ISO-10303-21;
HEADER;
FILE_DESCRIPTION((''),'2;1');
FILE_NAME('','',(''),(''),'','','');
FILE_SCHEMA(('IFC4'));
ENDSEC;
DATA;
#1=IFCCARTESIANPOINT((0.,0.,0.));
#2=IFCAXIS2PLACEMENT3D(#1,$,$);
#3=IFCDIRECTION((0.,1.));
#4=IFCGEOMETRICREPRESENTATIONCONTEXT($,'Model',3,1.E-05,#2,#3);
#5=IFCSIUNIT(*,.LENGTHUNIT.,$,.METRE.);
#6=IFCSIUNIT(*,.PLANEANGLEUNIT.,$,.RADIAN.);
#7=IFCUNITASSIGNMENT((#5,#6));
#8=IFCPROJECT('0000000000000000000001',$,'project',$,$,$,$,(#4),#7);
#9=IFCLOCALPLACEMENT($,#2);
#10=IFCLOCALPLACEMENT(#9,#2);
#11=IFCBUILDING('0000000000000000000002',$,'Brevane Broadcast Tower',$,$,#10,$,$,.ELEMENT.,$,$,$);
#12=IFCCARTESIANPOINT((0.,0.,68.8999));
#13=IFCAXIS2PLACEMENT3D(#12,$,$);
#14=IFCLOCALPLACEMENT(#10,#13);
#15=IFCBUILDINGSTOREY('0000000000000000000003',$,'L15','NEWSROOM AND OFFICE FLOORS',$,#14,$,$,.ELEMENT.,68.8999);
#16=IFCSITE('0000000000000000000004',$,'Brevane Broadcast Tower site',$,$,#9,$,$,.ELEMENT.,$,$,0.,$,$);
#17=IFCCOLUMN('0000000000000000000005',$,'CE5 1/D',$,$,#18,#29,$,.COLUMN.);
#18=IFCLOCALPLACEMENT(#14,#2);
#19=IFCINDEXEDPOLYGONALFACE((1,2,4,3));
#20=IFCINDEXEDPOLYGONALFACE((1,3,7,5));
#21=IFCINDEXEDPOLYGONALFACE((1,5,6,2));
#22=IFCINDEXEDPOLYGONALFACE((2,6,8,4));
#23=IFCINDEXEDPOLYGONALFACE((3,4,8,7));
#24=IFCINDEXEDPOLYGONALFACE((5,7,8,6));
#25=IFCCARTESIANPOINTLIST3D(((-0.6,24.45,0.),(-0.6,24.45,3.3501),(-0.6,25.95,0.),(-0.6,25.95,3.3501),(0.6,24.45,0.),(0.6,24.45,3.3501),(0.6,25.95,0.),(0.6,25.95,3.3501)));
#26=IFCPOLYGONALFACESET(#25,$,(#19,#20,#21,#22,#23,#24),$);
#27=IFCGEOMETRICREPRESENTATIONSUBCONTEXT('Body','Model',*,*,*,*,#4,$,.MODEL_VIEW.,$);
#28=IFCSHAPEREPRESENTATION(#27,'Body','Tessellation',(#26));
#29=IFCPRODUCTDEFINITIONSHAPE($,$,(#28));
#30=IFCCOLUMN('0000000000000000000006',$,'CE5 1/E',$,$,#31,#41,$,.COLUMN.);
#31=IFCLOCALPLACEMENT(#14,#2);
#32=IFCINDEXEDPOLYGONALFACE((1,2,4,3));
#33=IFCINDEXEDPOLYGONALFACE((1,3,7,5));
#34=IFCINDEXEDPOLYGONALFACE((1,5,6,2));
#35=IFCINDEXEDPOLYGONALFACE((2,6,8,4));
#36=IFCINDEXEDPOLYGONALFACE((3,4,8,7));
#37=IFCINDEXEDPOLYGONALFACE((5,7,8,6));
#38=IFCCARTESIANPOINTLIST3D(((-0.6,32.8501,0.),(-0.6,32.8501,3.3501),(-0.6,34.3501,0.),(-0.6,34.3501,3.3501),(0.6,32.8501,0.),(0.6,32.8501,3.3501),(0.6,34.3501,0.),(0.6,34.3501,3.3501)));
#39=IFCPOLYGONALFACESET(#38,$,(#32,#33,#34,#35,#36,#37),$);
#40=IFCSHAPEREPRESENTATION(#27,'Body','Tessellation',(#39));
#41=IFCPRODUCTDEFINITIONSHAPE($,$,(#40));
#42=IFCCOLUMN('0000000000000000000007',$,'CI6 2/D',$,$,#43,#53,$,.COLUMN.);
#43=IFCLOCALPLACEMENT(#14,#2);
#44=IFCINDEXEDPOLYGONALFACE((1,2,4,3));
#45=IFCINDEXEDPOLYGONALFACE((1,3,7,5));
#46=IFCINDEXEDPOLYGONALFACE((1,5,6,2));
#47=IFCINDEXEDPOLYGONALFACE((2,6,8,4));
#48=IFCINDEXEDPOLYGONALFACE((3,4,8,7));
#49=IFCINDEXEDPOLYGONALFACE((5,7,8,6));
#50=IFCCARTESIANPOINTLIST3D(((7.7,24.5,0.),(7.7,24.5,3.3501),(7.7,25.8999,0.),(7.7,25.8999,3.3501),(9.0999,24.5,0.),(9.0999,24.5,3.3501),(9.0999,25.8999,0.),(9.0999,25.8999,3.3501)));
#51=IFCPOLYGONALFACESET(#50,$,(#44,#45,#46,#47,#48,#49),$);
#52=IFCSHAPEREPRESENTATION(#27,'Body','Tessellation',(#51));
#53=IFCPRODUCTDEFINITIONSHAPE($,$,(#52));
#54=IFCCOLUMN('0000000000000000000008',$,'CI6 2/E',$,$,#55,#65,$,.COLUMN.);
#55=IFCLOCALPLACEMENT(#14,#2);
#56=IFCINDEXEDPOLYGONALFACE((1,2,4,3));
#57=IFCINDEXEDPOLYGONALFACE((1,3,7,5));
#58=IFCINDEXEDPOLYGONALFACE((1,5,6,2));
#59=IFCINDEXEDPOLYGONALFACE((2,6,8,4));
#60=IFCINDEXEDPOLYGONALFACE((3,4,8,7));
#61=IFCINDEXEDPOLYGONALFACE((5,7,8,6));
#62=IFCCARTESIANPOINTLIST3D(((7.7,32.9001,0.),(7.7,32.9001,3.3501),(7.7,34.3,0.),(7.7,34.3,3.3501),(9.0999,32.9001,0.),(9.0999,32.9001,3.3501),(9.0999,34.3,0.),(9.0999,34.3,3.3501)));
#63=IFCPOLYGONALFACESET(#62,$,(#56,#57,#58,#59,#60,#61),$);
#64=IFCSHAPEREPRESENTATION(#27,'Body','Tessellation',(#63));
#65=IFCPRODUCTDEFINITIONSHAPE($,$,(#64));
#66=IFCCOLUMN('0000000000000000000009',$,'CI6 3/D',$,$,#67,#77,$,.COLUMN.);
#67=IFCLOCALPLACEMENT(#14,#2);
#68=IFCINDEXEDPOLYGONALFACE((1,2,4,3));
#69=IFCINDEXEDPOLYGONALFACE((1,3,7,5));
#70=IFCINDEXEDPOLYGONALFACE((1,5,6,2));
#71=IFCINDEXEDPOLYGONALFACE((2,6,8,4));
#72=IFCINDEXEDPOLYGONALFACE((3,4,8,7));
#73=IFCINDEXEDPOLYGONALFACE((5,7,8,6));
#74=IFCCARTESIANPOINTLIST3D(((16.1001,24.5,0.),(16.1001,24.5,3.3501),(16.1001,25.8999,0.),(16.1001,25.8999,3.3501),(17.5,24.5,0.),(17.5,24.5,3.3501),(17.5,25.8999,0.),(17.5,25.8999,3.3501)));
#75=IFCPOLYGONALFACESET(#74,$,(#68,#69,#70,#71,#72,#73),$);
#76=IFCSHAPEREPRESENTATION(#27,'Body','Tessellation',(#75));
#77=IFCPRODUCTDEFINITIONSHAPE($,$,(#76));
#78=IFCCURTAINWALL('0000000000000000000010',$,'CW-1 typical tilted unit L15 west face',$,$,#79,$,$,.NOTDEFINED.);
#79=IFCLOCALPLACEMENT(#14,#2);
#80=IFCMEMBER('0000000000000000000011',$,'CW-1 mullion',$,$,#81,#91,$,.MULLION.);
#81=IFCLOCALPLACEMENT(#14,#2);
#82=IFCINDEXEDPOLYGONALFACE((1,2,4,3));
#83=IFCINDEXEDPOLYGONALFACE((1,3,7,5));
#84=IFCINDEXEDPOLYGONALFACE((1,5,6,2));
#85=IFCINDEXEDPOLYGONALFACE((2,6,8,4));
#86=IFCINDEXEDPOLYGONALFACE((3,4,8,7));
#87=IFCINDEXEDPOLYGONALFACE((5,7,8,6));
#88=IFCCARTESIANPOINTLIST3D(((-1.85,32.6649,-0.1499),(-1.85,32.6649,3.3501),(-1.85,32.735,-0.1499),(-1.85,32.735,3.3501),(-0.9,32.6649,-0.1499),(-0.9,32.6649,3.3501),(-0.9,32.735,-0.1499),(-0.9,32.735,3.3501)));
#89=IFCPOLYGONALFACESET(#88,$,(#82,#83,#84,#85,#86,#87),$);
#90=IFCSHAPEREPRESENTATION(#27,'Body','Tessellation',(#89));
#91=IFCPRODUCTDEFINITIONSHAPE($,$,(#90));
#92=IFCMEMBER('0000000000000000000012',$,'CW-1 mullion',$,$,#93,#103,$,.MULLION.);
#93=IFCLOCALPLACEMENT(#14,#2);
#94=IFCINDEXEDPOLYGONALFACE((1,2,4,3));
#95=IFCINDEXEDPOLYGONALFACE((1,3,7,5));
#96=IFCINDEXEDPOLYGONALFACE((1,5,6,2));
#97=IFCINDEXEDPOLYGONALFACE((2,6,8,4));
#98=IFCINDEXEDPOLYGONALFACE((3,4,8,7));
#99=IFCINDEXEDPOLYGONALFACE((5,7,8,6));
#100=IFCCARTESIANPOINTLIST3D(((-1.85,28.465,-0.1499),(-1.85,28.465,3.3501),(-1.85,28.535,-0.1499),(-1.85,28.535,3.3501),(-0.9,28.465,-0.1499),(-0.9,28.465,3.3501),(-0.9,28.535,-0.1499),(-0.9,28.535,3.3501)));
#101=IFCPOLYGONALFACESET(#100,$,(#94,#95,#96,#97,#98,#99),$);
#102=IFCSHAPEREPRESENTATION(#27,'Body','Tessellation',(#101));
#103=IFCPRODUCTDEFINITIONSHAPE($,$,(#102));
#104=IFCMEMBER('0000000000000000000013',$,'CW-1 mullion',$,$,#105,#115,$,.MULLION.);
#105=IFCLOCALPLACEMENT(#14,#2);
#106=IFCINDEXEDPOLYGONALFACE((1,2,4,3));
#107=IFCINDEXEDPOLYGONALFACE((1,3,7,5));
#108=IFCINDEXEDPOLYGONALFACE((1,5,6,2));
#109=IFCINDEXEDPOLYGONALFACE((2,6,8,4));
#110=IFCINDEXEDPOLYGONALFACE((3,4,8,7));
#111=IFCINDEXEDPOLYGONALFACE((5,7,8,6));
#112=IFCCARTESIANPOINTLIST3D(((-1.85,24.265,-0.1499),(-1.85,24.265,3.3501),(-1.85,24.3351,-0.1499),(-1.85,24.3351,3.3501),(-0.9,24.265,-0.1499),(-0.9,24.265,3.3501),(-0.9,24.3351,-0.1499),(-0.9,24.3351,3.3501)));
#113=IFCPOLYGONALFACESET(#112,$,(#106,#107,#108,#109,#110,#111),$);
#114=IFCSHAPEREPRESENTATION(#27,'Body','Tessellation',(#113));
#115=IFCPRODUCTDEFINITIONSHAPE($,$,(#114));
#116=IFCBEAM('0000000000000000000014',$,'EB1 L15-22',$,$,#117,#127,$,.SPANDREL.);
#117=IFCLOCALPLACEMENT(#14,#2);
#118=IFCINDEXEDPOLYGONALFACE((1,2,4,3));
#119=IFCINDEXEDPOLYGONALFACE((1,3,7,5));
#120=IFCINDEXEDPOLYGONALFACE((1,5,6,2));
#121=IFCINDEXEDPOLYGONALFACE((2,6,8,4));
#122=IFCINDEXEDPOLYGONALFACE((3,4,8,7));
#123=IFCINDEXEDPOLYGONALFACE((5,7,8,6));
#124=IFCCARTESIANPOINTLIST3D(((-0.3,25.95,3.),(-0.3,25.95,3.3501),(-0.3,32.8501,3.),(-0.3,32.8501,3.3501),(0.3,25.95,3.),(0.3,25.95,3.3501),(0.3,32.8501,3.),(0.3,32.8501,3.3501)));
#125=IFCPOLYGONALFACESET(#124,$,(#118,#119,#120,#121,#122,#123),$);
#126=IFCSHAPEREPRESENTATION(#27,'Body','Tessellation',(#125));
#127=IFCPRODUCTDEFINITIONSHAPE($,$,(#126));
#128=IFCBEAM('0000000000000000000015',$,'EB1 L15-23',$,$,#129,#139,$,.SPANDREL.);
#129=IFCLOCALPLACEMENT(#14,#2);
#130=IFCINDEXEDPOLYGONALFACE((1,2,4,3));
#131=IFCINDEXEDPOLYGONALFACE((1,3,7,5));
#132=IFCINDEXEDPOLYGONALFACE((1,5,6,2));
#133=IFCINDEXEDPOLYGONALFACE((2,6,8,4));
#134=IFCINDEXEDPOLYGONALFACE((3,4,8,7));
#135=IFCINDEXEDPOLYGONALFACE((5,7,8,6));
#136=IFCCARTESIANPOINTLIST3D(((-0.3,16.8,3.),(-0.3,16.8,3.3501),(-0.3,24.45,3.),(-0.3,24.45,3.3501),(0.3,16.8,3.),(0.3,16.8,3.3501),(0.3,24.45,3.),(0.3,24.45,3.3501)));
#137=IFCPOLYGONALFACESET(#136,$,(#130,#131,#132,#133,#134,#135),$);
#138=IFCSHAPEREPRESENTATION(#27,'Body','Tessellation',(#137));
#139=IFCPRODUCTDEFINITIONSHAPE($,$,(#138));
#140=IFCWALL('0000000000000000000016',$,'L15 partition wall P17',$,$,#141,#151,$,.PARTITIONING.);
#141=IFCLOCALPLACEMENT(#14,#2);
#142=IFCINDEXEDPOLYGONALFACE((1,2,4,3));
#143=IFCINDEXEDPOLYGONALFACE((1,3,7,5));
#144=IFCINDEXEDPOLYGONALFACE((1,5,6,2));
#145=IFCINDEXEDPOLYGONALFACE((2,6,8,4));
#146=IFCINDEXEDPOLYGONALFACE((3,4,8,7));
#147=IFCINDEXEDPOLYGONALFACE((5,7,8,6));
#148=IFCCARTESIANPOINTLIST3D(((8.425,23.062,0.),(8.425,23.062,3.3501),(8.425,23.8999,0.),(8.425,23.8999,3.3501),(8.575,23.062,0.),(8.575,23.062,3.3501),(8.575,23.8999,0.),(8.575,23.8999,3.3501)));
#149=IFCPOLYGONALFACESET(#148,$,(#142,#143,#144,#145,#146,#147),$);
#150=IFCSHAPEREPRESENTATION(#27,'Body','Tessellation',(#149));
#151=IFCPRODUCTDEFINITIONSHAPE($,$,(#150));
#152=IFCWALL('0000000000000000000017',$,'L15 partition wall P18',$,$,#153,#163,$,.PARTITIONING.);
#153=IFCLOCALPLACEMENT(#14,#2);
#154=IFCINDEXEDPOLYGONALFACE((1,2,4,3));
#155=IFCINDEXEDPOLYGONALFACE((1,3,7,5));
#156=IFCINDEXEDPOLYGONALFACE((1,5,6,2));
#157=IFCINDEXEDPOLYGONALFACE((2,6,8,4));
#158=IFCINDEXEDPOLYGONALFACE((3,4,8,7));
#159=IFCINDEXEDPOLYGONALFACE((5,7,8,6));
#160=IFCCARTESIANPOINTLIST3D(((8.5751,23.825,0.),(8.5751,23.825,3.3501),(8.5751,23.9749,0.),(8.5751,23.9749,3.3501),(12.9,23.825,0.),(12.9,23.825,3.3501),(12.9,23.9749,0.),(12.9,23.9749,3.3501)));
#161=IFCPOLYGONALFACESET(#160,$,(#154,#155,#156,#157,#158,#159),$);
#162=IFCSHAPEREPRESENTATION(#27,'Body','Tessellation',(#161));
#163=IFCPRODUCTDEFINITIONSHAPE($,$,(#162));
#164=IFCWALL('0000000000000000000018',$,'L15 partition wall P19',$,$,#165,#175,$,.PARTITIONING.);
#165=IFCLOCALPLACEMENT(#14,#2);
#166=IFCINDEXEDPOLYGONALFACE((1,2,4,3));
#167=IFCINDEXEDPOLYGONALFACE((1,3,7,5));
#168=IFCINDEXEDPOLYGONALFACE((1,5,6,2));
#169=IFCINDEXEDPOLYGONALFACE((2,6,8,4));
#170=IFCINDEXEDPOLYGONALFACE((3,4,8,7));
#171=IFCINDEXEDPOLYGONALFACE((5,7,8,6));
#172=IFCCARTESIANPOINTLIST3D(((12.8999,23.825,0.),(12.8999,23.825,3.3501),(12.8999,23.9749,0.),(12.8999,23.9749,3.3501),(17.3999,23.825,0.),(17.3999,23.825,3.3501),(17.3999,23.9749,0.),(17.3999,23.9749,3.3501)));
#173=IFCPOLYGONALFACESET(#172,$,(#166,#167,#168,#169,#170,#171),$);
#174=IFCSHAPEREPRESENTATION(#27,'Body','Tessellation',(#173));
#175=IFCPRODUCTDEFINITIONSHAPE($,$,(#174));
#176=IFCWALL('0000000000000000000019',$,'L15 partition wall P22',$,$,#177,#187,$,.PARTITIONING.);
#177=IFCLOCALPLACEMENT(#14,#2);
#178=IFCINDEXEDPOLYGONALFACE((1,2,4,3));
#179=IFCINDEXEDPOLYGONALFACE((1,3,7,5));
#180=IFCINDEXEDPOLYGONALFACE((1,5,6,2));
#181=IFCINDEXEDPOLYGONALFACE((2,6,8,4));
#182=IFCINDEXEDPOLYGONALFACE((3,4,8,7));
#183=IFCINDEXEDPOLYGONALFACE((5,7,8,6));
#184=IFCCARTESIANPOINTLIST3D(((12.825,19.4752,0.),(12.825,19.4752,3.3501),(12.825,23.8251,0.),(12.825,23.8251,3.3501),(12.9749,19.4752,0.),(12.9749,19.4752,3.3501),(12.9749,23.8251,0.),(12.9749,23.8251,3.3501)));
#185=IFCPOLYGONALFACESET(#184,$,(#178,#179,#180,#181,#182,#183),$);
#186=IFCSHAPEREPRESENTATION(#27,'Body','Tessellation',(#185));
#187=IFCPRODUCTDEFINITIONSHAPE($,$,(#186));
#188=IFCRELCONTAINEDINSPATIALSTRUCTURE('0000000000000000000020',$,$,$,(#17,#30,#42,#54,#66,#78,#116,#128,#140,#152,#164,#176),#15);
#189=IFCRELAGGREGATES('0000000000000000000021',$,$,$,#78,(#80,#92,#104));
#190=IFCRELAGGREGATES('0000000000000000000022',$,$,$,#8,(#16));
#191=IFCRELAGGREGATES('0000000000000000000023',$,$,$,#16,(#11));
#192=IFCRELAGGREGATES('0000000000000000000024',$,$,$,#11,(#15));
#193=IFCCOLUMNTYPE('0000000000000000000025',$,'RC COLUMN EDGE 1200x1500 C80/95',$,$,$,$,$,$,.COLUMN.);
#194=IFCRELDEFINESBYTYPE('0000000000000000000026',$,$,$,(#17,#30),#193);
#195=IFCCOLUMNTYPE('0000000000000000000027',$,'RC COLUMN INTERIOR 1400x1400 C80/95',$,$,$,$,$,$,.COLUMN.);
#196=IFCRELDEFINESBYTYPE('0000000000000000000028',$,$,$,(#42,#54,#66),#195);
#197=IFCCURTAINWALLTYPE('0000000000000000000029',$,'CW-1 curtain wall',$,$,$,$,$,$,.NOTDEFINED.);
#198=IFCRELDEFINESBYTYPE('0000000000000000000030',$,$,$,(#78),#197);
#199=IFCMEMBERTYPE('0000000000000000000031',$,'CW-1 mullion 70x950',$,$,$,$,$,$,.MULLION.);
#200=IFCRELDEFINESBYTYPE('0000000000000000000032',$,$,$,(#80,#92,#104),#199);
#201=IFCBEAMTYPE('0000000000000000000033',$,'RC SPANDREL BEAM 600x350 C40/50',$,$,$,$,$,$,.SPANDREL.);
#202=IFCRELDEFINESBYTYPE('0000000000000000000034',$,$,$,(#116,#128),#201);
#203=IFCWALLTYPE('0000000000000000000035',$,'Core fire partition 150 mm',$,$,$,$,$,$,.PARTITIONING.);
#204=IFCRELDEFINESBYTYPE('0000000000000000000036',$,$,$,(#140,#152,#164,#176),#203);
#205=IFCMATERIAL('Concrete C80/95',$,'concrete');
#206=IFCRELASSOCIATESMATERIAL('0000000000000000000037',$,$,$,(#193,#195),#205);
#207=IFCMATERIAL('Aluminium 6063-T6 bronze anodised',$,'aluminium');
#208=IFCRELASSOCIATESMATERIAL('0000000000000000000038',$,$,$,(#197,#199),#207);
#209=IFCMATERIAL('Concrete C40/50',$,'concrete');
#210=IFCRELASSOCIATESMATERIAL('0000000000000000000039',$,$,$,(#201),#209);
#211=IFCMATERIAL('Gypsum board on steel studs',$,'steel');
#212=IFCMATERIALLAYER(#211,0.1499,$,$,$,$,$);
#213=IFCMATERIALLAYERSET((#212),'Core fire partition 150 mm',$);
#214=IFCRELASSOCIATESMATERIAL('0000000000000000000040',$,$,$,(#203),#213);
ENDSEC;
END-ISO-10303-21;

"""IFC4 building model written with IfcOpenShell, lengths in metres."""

from ifc_helpers import new_model, si_unit, direction, frame, frame_2d, origin, origin_2d, place, context, subcontext, project, spatial, rectangle, extrude, material, layer, layer_set, material_profile, profile_set, type_object, element, aggregate, save


model = new_model("IFC4")

# Units and contexts
model_context = context("Model", 3, precision=1e-05, world=origin(), true_north=direction((0.0, 1.0)))
body_context = subcontext(model_context, "Body", "Model", "MODEL_VIEW")
ifc_project = project(units=[si_unit("LENGTHUNIT", "METRE"), si_unit("PLANEANGLEUNIT", "RADIAN")], contexts=[model_context])

# Site, building, storey
site_placement = place(None, origin())
site = spatial("IfcSite", under=ifc_project, at=site_placement, Name="Brevane Broadcast Tower site", CompositionType="ELEMENT", RefElevation=0.0)
building_placement = place(site_placement, origin())
building = spatial("IfcBuilding", under=site, at=building_placement, Name="Brevane Broadcast Tower", CompositionType="ELEMENT")
storey_placement = place(building_placement, frame((0.0, 0.0, 68.8999)))
storey = spatial("IfcBuildingStorey", under=building, at=storey_placement, Name="L15", Description="NEWSROOM AND OFFICE FLOORS", CompositionType="ELEMENT", Elevation=68.8999)

# Columns
ifc_material_1 = material(Name="Concrete C80/95", Category="concrete")
ifc_material_profile_1 = material_profile(ifc_material_1, rectangle(XDim=1.2, YDim=1.5, at=origin_2d()), Name="RC 1200x1500")
ifc_profile_set_1 = profile_set([ifc_material_profile_1], Name="Concrete C80/95")
column_type_1 = type_object("IfcColumnType", Name="RC COLUMN EDGE 1200x1500 C80/95", PredefinedType="COLUMN", material=ifc_profile_set_1)
for number, where, z_axis, x_axis, name in (
    (1, (0.0, 25.2, 0.0), (0.0, 0.0, 1.0), (1.0, 0.0, 0.0), "CE5 1/D"),
    (2, (0.0, 33.6001, 0.0), (0.0, 0.0, 1.0), (1.0, 0.0, 0.0), "CE5 1/E"),
):
    element("IfcColumn", number, at=place(storey_placement, frame(where, z_axis=z_axis, x_axis=x_axis)), inside=storey, type_object=column_type_1, Name=name, PredefinedType="COLUMN", context=body_context, shape_type="SweptSolid", body=[
        extrude(rectangle(XDim=1.2, YDim=1.5, at=origin_2d()), origin(), (0.0, 0.0, 1.0), 3.3501),
    ])
ifc_material_profile_2 = material_profile(ifc_material_1, rectangle(XDim=1.3999, YDim=1.3999, at=origin_2d()), Name="RC 1400x1400")
ifc_profile_set_2 = profile_set([ifc_material_profile_2], Name="Concrete C80/95")
column_type_2 = type_object("IfcColumnType", Name="RC COLUMN INTERIOR 1400x1400 C80/95", PredefinedType="COLUMN", material=ifc_profile_set_2)
for number, where, z_axis, x_axis, name in (
    (3, (8.3999, 25.2, 0.0), (0.0, 0.0, 1.0), (1.0, 0.0, 0.0), "CI6 2/D"),
    (4, (8.3999, 33.6001, 0.0), (0.0, 0.0, 1.0), (1.0, 0.0, 0.0), "CI6 2/E"),
    (5, (16.8, 25.2, 0.0), (0.0, 0.0, 1.0), (1.0, 0.0, 0.0), "CI6 3/D"),
):
    element("IfcColumn", number, at=place(storey_placement, frame(where, z_axis=z_axis, x_axis=x_axis)), inside=storey, type_object=column_type_2, Name=name, PredefinedType="COLUMN", context=body_context, shape_type="SweptSolid", body=[
        extrude(rectangle(XDim=1.3999, YDim=1.3999, at=origin_2d()), origin(), (0.0, 0.0, 1.0), 3.3501),
    ])

# Curtain wall, members
ifc_material_2 = material(Name="Aluminium 6063-T6 bronze anodised", Category="aluminium")
curtain_wall_type = type_object("IfcCurtainWallType", Name="CW-1 curtain wall", PredefinedType="NOTDEFINED", material=ifc_material_2)
curtain_wall_placement = place(storey_placement, origin())
curtain_wall = element("IfcCurtainWall", 6, at=curtain_wall_placement, inside=storey, type_object=curtain_wall_type, Name="CW-1 typical tilted unit L15 west face", PredefinedType="NOTDEFINED")
ifc_material_profile_3 = material_profile(ifc_material_2, rectangle(XDim=0.95, YDim=0.0701, at=origin_2d()), Name="RECT 70x950")
ifc_profile_set_3 = profile_set([ifc_material_profile_3], Name="Aluminium 6063-T6 bronze anodised")
member_type = type_object("IfcMemberType", Name="CW-1 mullion 70x950", PredefinedType="MULLION", material=ifc_profile_set_3)
member_1_placement = place(storey_placement, frame((-1.375, 32.7, -0.1499), z_axis=(0.0, 0.0, 1.0), x_axis=(1.0, 0.0, 0.0)))
member_1 = element("IfcMember", 7, at=member_1_placement, type_object=member_type, Name="CW-1 mullion", PredefinedType="MULLION", context=body_context, shape_type="SweptSolid", body=[
    extrude(rectangle(XDim=0.95, YDim=0.0701, at=origin_2d()), origin(), (0.0, 0.0, 1.0), 3.5),
])
member_2_placement = place(storey_placement, frame((-1.375, 28.5, -0.1499), z_axis=(0.0, 0.0, 1.0), x_axis=(1.0, 0.0, 0.0)))
member_2 = element("IfcMember", 8, at=member_2_placement, type_object=member_type, Name="CW-1 mullion", PredefinedType="MULLION", context=body_context, shape_type="SweptSolid", body=[
    extrude(rectangle(XDim=0.95, YDim=0.0701, at=origin_2d()), origin(), (0.0, 0.0, 1.0), 3.5),
])
member_3_placement = place(storey_placement, frame((-1.375, 24.3, -0.1499), z_axis=(0.0, 0.0, 1.0), x_axis=(1.0, 0.0, 0.0)))
member_3 = element("IfcMember", 9, at=member_3_placement, type_object=member_type, Name="CW-1 mullion", PredefinedType="MULLION", context=body_context, shape_type="SweptSolid", body=[
    extrude(rectangle(XDim=0.95, YDim=0.0701, at=origin_2d()), origin(), (0.0, 0.0, 1.0), 3.5),
])
aggregate(curtain_wall, [member_1, member_2, member_3])

# Beams
ifc_material_3 = material(Name="Concrete C40/50", Category="concrete")
ifc_material_profile_4 = material_profile(ifc_material_3, rectangle(XDim=0.6001, YDim=0.3501, at=origin_2d()), Name="RC 600x350")
ifc_profile_set_4 = profile_set([ifc_material_profile_4], Name="Concrete C40/50")
beam_type = type_object("IfcBeamType", Name="RC SPANDREL BEAM 600x350 C40/50", PredefinedType="SPANDREL", material=ifc_profile_set_4)
beam_1_placement = place(storey_placement, frame((0.0, 32.8501, 3.175), z_axis=(0.0, -1.0, 0.0), x_axis=(1.0, 0.0, 0.0)))
element("IfcBeam", 10, at=beam_1_placement, inside=storey, type_object=beam_type, Name="EB1 L15-22", PredefinedType="SPANDREL", context=body_context, shape_type="SweptSolid", body=[
    extrude(rectangle(XDim=0.6001, YDim=0.3501, at=origin_2d()), origin(), (0.0, 0.0, 1.0), 6.9001),
])
beam_2_placement = place(storey_placement, frame((0.0, 24.45, 3.175), z_axis=(0.0, -1.0, 0.0), x_axis=(1.0, 0.0, 0.0)))
element("IfcBeam", 11, at=beam_2_placement, inside=storey, type_object=beam_type, Name="EB1 L15-23", PredefinedType="SPANDREL", context=body_context, shape_type="SweptSolid", body=[
    extrude(rectangle(XDim=0.6001, YDim=0.3501, at=origin_2d()), origin(), (0.0, 0.0, 1.0), 7.6499),
])

# Walls
ifc_material_4 = material(Name="Gypsum board on steel studs", Category="steel")
ifc_layer_1 = layer(ifc_material_4, 0.1499)
ifc_layer_set_1 = layer_set([ifc_layer_1], Name="Core fire partition 150 mm")
wall_type_1 = type_object("IfcWallType", Name="Core fire partition 150 mm", PredefinedType="PARTITIONING", material=ifc_layer_set_1)
wall_1_placement = place(storey_placement, frame((8.5, 23.062, 0.0), z_axis=(0.0, 0.0, 1.0), x_axis=(0.0, 1.0, 0.0)))
element("IfcWall", 12, at=wall_1_placement, inside=storey, type_object=wall_type_1, Name="L15 partition wall P17", PredefinedType="PARTITIONING", context=body_context, shape_type="SweptSolid", body=[
    extrude(rectangle(XDim=0.8379, YDim=0.1499, at=frame_2d((0.4189, 0.0))), origin(), (0.0, 0.0, 1.0), 3.3501),
])
wall_2_placement = place(storey_placement, frame((8.575, 23.8999, 0.0), z_axis=(0.0, 0.0, 1.0), x_axis=(1.0, 0.0, 0.0)))
element("IfcWall", 13, at=wall_2_placement, inside=storey, type_object=wall_type_1, Name="L15 partition wall P18", PredefinedType="PARTITIONING", context=body_context, shape_type="SweptSolid", body=[
    extrude(rectangle(XDim=4.325, YDim=0.1499, at=frame_2d((2.1626, 0.0))), origin(), (0.0, 0.0, 1.0), 3.3501),
])
wall_3_placement = place(storey_placement, frame((12.8999, 23.8999, 0.0), z_axis=(0.0, 0.0, 1.0), x_axis=(1.0, 0.0, 0.0)))
element("IfcWall", 14, at=wall_3_placement, inside=storey, type_object=wall_type_1, Name="L15 partition wall P19", PredefinedType="PARTITIONING", context=body_context, shape_type="SweptSolid", body=[
    extrude(rectangle(XDim=4.5, YDim=0.1499, at=frame_2d((2.25, 0.0))), origin(), (0.0, 0.0, 1.0), 3.3501),
])
wall_4_placement = place(storey_placement, frame((12.8999, 23.825, 0.0), z_axis=(0.0, 0.0, 1.0), x_axis=(0.0, -1.0, 0.0)))
element("IfcWall", 15, at=wall_4_placement, inside=storey, type_object=wall_type_1, Name="L15 partition wall P22", PredefinedType="PARTITIONING", context=body_context, shape_type="SweptSolid", body=[
    extrude(rectangle(XDim=4.3499, YDim=0.1499, at=frame_2d((2.1748, 0.0))), origin(), (0.0, 0.0, 1.0), 3.3501),
])

save(model, "model.ifc")
